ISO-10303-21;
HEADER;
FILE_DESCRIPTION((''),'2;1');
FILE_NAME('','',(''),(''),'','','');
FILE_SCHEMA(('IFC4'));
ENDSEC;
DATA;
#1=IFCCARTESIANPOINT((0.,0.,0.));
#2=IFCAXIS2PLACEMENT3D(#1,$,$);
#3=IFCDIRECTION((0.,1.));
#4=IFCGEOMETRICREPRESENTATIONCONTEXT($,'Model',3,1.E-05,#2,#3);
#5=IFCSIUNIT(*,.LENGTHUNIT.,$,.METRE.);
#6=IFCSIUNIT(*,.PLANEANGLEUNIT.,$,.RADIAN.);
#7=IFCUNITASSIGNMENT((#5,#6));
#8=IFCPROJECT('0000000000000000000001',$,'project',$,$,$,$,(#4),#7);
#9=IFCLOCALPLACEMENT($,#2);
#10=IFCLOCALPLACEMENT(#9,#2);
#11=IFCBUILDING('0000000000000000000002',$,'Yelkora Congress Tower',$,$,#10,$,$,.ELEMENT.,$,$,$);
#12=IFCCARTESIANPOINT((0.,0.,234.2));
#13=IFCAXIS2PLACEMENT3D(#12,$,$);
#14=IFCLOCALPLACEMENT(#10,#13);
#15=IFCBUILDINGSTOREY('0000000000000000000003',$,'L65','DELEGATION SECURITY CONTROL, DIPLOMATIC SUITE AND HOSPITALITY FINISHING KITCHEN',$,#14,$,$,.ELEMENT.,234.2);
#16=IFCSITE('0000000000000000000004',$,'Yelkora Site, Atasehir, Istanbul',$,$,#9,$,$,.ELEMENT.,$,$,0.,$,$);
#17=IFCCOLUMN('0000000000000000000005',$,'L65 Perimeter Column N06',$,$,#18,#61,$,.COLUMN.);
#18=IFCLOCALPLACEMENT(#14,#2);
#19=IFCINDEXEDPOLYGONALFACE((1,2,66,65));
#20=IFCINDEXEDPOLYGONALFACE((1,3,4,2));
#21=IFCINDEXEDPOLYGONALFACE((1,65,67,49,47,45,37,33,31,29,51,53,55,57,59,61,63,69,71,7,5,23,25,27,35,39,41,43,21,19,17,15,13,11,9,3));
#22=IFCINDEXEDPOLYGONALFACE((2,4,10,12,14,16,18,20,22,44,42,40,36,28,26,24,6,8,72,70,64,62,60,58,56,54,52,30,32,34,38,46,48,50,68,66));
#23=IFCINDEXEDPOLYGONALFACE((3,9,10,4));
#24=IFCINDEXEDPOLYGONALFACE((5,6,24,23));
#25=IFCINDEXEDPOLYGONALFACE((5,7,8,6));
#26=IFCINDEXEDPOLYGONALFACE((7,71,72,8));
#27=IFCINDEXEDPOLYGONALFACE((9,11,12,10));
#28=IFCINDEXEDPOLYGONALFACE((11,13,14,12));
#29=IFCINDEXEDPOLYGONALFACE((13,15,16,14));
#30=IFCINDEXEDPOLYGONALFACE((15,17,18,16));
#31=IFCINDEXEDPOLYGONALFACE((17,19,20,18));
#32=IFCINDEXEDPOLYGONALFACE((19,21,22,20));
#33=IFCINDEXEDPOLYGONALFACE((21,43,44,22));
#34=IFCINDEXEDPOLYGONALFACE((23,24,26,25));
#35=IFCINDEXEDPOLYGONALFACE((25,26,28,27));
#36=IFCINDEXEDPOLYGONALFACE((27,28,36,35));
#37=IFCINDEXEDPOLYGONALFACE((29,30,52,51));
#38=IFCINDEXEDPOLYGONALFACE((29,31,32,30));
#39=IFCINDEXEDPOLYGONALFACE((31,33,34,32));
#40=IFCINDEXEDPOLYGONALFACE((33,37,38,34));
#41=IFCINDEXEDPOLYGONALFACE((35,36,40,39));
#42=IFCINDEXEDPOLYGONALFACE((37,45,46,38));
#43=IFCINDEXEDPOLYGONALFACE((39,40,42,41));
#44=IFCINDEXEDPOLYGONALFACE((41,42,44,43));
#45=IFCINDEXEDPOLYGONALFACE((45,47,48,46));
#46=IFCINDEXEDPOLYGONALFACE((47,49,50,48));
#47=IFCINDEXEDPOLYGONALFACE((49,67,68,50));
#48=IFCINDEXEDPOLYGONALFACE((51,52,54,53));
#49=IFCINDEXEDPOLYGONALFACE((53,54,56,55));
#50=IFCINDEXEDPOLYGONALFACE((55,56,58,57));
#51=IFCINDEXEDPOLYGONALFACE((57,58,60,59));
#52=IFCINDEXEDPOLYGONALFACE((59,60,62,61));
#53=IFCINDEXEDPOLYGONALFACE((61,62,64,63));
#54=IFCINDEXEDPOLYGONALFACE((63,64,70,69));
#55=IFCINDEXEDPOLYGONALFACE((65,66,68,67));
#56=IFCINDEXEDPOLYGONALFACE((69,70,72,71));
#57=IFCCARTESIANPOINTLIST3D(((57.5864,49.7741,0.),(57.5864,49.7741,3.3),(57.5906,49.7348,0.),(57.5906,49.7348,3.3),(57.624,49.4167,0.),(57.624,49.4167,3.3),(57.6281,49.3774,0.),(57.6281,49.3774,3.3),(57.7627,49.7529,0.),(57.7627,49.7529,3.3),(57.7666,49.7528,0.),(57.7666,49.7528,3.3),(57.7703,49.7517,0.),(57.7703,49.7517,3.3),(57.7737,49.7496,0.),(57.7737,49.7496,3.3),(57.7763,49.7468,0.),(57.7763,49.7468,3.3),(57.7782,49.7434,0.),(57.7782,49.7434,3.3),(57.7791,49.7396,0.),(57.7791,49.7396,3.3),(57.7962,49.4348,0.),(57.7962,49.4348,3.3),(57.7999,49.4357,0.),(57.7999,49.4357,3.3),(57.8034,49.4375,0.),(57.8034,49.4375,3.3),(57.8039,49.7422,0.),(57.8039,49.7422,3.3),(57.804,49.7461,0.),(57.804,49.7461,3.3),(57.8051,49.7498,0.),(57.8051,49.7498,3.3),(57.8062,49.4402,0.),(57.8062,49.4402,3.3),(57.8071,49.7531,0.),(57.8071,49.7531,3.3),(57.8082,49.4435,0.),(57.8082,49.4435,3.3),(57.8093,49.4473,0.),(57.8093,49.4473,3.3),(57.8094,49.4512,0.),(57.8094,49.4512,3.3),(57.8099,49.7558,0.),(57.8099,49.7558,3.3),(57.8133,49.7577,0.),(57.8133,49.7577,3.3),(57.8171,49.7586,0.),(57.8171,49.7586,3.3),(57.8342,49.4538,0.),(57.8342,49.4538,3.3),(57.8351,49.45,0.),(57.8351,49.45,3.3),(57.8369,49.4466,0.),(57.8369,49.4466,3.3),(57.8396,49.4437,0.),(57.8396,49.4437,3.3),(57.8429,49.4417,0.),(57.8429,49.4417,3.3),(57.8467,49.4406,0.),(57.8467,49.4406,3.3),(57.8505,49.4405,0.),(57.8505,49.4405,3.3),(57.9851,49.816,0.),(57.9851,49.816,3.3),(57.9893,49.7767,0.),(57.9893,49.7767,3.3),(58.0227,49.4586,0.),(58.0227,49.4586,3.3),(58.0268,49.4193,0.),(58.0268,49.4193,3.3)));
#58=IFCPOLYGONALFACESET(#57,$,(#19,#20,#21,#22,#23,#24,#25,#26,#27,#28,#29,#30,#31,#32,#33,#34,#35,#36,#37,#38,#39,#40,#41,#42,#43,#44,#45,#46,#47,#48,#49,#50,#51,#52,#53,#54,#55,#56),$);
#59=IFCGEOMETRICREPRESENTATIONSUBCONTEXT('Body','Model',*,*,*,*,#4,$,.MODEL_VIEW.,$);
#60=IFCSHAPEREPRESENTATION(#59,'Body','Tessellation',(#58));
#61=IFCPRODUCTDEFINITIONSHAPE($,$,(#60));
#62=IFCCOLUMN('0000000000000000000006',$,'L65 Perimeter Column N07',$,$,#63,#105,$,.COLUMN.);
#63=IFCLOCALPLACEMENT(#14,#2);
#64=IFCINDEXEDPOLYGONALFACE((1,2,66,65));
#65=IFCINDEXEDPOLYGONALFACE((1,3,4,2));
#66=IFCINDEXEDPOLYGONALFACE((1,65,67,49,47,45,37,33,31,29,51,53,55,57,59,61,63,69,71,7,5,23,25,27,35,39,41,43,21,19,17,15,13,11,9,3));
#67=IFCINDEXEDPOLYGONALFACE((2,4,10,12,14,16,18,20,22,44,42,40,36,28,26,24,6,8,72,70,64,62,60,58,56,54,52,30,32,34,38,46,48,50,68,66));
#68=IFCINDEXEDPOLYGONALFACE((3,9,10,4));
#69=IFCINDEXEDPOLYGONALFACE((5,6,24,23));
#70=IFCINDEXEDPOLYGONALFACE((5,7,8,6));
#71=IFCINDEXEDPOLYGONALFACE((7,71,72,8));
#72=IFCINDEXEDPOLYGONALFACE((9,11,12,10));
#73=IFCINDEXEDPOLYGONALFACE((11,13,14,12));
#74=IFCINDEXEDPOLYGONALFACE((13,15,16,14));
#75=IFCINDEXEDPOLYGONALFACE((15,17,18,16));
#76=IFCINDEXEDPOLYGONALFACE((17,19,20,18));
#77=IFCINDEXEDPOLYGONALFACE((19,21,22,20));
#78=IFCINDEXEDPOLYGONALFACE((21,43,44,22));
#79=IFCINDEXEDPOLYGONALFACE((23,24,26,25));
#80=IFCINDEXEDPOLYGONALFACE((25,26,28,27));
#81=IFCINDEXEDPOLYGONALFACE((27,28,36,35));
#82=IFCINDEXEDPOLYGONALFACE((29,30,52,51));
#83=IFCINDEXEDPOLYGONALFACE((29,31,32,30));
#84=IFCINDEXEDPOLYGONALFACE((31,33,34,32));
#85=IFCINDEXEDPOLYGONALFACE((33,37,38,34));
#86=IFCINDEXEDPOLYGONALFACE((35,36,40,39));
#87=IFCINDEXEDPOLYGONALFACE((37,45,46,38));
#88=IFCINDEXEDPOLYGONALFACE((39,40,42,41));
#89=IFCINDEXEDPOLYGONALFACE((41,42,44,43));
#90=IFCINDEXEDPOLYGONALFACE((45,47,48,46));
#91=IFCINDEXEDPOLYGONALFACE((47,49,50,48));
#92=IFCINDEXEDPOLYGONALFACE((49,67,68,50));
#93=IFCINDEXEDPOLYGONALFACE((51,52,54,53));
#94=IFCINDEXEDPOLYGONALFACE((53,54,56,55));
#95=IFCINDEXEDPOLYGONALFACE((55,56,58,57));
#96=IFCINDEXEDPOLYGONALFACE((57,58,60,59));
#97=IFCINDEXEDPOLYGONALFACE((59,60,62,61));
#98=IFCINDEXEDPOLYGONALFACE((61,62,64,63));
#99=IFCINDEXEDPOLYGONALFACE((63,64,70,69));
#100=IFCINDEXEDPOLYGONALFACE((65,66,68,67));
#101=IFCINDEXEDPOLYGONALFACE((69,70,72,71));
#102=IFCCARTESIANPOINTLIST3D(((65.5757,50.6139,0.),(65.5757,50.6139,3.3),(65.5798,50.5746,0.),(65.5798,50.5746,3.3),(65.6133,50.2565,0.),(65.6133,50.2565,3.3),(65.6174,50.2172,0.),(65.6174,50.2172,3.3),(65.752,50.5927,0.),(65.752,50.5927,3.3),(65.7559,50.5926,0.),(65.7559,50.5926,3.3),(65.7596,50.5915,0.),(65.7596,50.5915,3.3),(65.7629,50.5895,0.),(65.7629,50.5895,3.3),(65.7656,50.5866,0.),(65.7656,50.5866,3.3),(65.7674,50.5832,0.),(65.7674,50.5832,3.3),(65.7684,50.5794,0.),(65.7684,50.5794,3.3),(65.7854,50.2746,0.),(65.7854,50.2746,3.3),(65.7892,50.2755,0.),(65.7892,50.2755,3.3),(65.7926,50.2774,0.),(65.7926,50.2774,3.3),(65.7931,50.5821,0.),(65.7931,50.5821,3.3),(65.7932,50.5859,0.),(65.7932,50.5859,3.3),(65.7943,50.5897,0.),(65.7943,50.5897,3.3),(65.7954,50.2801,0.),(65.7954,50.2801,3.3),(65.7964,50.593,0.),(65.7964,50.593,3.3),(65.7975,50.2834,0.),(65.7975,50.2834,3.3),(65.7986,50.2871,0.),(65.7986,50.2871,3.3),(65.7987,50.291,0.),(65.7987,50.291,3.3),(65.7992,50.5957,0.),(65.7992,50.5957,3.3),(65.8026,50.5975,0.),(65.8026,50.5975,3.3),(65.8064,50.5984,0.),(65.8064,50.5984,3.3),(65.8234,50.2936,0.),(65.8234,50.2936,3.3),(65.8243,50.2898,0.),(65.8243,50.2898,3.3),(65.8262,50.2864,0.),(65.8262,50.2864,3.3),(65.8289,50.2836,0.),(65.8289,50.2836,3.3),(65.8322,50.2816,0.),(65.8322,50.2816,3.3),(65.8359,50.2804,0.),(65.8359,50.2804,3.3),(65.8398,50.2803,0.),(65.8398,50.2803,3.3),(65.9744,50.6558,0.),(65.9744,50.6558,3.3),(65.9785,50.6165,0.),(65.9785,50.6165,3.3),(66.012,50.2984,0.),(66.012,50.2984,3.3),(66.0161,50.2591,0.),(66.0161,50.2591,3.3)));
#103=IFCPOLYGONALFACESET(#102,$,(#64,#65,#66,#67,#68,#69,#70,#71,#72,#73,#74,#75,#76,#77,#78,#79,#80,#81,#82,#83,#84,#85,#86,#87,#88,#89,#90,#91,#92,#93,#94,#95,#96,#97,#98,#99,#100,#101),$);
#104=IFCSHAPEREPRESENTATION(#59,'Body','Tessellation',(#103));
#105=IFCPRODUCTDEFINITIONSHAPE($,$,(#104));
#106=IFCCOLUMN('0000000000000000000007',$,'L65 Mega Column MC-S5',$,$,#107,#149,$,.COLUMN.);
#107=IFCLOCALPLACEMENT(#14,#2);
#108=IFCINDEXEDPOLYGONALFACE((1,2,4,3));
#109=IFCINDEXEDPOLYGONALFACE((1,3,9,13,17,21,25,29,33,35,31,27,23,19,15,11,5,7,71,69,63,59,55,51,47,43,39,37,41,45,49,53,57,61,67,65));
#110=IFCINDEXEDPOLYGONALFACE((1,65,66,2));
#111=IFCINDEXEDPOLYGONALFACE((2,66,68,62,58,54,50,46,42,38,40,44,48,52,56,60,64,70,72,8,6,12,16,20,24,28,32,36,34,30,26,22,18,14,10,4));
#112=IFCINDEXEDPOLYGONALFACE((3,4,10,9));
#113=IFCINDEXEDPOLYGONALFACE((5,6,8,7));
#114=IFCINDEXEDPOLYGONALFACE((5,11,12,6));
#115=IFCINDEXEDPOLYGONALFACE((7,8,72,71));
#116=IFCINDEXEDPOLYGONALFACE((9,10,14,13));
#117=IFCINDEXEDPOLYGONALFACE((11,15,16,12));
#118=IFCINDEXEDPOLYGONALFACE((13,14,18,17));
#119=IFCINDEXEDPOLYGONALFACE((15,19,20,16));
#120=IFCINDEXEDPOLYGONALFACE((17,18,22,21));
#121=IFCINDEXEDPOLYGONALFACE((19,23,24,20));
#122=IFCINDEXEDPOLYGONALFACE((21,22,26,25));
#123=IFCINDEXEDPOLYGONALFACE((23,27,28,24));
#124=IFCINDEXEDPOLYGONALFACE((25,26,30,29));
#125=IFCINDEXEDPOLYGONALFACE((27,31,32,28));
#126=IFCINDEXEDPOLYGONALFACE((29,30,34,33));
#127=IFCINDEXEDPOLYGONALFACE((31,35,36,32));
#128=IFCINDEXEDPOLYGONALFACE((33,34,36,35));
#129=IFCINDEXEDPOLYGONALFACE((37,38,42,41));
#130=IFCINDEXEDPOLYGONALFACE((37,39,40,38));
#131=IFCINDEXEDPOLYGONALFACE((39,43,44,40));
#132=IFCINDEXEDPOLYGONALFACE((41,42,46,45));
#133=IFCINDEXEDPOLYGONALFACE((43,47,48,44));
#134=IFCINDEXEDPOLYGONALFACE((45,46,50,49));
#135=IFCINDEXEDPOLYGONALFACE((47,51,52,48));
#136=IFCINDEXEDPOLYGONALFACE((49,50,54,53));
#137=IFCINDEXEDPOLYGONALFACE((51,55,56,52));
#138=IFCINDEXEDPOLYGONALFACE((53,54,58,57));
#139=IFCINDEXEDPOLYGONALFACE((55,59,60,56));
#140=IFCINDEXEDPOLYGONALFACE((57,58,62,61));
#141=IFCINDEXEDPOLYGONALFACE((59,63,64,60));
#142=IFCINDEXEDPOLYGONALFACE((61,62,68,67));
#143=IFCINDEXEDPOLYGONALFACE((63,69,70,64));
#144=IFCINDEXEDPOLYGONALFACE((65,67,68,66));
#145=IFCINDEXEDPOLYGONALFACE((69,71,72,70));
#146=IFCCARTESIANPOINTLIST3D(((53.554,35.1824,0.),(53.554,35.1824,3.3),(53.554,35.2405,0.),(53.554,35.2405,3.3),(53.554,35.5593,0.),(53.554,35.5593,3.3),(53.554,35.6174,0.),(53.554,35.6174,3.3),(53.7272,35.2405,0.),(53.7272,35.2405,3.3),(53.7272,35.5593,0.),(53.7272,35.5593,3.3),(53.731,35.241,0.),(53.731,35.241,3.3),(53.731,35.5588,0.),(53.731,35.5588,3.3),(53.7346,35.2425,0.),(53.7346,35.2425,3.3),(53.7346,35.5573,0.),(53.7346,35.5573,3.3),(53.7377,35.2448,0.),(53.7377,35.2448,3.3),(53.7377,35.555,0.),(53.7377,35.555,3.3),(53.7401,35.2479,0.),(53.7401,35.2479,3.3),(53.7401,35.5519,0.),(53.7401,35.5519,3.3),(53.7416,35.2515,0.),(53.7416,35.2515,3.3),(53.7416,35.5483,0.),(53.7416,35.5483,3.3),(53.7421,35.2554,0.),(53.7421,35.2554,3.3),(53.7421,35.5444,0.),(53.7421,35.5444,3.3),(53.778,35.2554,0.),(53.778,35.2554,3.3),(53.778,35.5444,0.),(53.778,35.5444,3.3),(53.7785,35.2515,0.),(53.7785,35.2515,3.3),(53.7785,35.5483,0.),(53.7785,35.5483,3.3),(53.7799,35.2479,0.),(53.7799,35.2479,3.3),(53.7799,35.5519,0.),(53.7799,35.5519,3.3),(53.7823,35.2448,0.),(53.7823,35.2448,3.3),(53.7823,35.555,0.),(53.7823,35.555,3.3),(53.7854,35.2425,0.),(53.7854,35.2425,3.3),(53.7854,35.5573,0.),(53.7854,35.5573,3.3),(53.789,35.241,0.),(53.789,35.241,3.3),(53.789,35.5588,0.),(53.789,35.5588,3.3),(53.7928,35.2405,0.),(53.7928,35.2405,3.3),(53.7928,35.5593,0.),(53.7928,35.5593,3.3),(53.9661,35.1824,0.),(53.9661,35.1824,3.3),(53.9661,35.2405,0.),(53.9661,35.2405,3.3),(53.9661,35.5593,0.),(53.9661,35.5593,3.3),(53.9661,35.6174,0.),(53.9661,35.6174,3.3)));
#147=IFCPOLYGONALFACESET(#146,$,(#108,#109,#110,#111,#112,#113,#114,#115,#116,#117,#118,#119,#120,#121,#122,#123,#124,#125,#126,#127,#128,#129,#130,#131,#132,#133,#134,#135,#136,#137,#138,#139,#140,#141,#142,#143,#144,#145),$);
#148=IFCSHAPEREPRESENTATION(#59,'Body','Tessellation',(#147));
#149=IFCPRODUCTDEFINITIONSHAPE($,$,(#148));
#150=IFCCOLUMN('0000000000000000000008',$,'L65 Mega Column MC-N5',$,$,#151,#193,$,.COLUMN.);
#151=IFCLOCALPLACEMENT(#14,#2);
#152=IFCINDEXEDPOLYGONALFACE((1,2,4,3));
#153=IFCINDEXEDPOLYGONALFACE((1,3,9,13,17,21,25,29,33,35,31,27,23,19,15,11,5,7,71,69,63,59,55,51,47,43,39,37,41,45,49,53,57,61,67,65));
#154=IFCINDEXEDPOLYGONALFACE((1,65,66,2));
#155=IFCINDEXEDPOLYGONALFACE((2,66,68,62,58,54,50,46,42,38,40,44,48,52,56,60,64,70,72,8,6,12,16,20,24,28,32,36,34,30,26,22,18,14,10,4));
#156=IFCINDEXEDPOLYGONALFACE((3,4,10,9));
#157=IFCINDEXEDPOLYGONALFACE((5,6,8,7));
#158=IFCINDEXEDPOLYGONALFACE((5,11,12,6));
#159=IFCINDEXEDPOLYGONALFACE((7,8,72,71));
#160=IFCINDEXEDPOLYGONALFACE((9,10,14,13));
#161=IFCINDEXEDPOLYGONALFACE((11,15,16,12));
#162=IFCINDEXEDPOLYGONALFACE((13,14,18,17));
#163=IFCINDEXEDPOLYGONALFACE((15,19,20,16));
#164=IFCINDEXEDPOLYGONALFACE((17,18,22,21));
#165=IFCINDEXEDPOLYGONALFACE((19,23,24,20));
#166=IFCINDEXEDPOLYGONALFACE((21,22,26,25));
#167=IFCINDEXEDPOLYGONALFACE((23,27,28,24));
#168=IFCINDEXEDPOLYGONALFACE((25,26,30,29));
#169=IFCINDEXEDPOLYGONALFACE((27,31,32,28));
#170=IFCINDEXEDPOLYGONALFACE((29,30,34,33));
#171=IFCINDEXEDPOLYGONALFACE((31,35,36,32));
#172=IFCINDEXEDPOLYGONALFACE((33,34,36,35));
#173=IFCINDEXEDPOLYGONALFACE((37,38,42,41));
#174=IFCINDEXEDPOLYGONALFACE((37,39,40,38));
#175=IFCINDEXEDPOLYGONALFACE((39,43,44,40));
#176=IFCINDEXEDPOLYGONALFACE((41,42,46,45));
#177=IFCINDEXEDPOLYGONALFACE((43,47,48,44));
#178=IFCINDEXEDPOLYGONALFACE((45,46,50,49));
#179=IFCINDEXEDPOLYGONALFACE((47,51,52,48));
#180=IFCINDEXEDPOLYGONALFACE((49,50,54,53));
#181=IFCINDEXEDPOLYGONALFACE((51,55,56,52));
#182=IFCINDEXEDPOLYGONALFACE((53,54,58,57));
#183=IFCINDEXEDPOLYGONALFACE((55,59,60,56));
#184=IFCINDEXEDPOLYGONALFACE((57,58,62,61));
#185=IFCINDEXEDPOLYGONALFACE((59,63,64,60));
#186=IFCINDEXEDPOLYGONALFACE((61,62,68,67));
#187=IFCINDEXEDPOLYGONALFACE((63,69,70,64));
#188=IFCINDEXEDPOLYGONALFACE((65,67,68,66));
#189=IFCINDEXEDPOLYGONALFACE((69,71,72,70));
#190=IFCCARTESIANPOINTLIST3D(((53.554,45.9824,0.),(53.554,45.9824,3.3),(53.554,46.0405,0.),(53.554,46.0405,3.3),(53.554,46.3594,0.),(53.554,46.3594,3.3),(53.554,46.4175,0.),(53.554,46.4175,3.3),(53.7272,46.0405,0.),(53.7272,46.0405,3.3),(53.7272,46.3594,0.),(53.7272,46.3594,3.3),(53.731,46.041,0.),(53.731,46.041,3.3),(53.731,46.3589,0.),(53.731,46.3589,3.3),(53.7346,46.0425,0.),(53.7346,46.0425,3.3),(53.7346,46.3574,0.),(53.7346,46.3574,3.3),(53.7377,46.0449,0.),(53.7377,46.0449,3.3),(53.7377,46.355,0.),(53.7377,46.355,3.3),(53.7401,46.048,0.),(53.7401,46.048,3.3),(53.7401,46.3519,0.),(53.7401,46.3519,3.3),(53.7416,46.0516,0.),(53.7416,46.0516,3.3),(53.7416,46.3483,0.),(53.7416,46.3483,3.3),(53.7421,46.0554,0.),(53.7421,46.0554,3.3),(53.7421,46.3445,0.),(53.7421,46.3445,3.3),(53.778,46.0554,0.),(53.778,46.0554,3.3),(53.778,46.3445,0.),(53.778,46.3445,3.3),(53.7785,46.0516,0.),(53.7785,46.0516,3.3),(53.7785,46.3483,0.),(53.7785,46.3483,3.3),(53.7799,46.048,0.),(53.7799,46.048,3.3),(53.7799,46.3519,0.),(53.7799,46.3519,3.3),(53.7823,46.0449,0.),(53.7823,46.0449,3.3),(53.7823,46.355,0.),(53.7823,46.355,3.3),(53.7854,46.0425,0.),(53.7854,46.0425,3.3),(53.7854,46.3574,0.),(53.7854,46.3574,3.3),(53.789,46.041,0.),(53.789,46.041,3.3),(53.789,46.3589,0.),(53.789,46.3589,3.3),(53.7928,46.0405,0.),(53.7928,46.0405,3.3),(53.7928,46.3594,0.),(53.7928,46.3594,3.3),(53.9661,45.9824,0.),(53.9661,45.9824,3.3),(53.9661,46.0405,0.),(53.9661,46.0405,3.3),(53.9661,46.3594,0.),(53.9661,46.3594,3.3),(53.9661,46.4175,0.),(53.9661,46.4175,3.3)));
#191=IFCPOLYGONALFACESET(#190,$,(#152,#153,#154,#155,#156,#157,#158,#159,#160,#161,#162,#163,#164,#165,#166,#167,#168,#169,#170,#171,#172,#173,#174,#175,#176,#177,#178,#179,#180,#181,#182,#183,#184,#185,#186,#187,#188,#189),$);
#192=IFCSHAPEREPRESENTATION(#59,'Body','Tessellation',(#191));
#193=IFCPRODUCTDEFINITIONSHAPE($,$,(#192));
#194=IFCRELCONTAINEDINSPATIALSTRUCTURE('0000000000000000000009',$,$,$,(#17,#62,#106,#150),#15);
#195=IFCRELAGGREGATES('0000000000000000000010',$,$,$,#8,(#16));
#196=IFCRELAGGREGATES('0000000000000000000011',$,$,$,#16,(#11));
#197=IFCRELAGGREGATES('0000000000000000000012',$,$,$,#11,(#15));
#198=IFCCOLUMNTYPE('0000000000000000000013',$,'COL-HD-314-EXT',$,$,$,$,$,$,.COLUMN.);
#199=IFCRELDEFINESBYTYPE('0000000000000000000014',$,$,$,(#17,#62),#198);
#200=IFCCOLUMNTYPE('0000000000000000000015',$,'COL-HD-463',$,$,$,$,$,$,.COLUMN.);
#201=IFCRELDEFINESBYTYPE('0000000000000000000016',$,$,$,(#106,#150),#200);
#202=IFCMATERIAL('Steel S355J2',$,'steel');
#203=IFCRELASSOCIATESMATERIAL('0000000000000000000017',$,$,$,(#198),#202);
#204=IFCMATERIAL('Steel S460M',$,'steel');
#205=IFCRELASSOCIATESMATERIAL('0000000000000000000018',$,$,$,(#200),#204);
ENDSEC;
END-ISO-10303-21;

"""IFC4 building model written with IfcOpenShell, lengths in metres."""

from ifc_helpers import new_model, si_unit, direction, frame, origin, origin_2d, place, context, subcontext, project, spatial, i_section, extrude, material, material_profile, profile_set, type_object, element, save


model = new_model("IFC4")

# Units and contexts
model_context = context("Model", 3, precision=1e-05, world=origin(), true_north=direction((0.0, 1.0)))
body_context = subcontext(model_context, "Body", "Model", "MODEL_VIEW")
ifc_project = project(units=[si_unit("LENGTHUNIT", "METRE"), si_unit("PLANEANGLEUNIT", "RADIAN")], contexts=[model_context])

# Site, building, storey
site_placement = place(None, origin())
site = spatial("IfcSite", under=ifc_project, at=site_placement, Name="Yelkora Site, Atasehir, Istanbul", CompositionType="ELEMENT", RefElevation=0.0)
building_placement = place(site_placement, origin())
building = spatial("IfcBuilding", under=site, at=building_placement, Name="Yelkora Congress Tower", CompositionType="ELEMENT")
storey_placement = place(building_placement, frame((0.0, 0.0, 234.2)))
storey = spatial("IfcBuildingStorey", under=building, at=storey_placement, Name="L65", Description="DELEGATION SECURITY CONTROL, DIPLOMATIC SUITE AND HOSPITALITY FINISHING KITCHEN", CompositionType="ELEMENT", Elevation=234.2)

# Columns
ifc_material_1 = material(Name="Steel S355J2", Category="steel")
ifc_material_profile_1 = material_profile(ifc_material_1, i_section(OverallWidth=0.4009, OverallDepth=0.3989, WebThickness=0.0249, FlangeThickness=0.0396, FilletRadius=0.0149, at=origin_2d()), Name="HD 400x314")
ifc_profile_set_1 = profile_set([ifc_material_profile_1], Name="Steel S355J2")
column_type_1 = type_object("IfcColumnType", Name="COL-HD-314-EXT", PredefinedType="COLUMN", material=ifc_profile_set_1)
for number, where, z_axis, x_axis, name in (
    (1, (57.8066, 49.5967, 0.0), (0.0, 0.0, 1.0), (0.994522, 0.104528, 0.0), "L65 Perimeter Column N06"),
    (2, (65.7959, 50.4365, 0.0), (0.0, 0.0, 1.0), (0.994522, 0.104528, 0.0), "L65 Perimeter Column N07"),
):
    element("IfcColumn", number, at=place(storey_placement, frame(where, z_axis=z_axis, x_axis=x_axis)), inside=storey, type_object=column_type_1, Name=name, PredefinedType="COLUMN", context=body_context, shape_type="SweptSolid", body=[
        extrude(i_section(OverallWidth=0.4009, OverallDepth=0.3989, WebThickness=0.0249, FlangeThickness=0.0396, FilletRadius=0.0149, at=origin_2d()), origin(), (0.0, 0.0, 1.0), 3.3),
    ])
ifc_material_2 = material(Name="Steel S460M", Category="steel")
ifc_material_profile_2 = material_profile(ifc_material_2, i_section(OverallWidth=0.4121, OverallDepth=0.4351, WebThickness=0.0359, FlangeThickness=0.0581, FilletRadius=0.0149, at=origin_2d()), Name="HD 400x463")
ifc_profile_set_2 = profile_set([ifc_material_profile_2], Name="Steel S460M")
column_type_2 = type_object("IfcColumnType", Name="COL-HD-463", PredefinedType="COLUMN", material=ifc_profile_set_2)
for number, where, z_axis, x_axis, name in (
    (3, (53.76, 35.3999, 0.0), (0.0, 0.0, 1.0), (1.0, 0.0, 0.0), "L65 Mega Column MC-S5"),
    (4, (53.76, 46.2, 0.0), (0.0, 0.0, 1.0), (1.0, 0.0, 0.0), "L65 Mega Column MC-N5"),
):
    element("IfcColumn", number, at=place(storey_placement, frame(where, z_axis=z_axis, x_axis=x_axis)), inside=storey, type_object=column_type_2, Name=name, PredefinedType="COLUMN", context=body_context, shape_type="SweptSolid", body=[
        extrude(i_section(OverallWidth=0.4121, OverallDepth=0.4351, WebThickness=0.0359, FlangeThickness=0.0581, FilletRadius=0.0149, at=origin_2d()), origin(), (0.0, 0.0, 1.0), 3.3),
    ])

save(model, "model.ifc")
